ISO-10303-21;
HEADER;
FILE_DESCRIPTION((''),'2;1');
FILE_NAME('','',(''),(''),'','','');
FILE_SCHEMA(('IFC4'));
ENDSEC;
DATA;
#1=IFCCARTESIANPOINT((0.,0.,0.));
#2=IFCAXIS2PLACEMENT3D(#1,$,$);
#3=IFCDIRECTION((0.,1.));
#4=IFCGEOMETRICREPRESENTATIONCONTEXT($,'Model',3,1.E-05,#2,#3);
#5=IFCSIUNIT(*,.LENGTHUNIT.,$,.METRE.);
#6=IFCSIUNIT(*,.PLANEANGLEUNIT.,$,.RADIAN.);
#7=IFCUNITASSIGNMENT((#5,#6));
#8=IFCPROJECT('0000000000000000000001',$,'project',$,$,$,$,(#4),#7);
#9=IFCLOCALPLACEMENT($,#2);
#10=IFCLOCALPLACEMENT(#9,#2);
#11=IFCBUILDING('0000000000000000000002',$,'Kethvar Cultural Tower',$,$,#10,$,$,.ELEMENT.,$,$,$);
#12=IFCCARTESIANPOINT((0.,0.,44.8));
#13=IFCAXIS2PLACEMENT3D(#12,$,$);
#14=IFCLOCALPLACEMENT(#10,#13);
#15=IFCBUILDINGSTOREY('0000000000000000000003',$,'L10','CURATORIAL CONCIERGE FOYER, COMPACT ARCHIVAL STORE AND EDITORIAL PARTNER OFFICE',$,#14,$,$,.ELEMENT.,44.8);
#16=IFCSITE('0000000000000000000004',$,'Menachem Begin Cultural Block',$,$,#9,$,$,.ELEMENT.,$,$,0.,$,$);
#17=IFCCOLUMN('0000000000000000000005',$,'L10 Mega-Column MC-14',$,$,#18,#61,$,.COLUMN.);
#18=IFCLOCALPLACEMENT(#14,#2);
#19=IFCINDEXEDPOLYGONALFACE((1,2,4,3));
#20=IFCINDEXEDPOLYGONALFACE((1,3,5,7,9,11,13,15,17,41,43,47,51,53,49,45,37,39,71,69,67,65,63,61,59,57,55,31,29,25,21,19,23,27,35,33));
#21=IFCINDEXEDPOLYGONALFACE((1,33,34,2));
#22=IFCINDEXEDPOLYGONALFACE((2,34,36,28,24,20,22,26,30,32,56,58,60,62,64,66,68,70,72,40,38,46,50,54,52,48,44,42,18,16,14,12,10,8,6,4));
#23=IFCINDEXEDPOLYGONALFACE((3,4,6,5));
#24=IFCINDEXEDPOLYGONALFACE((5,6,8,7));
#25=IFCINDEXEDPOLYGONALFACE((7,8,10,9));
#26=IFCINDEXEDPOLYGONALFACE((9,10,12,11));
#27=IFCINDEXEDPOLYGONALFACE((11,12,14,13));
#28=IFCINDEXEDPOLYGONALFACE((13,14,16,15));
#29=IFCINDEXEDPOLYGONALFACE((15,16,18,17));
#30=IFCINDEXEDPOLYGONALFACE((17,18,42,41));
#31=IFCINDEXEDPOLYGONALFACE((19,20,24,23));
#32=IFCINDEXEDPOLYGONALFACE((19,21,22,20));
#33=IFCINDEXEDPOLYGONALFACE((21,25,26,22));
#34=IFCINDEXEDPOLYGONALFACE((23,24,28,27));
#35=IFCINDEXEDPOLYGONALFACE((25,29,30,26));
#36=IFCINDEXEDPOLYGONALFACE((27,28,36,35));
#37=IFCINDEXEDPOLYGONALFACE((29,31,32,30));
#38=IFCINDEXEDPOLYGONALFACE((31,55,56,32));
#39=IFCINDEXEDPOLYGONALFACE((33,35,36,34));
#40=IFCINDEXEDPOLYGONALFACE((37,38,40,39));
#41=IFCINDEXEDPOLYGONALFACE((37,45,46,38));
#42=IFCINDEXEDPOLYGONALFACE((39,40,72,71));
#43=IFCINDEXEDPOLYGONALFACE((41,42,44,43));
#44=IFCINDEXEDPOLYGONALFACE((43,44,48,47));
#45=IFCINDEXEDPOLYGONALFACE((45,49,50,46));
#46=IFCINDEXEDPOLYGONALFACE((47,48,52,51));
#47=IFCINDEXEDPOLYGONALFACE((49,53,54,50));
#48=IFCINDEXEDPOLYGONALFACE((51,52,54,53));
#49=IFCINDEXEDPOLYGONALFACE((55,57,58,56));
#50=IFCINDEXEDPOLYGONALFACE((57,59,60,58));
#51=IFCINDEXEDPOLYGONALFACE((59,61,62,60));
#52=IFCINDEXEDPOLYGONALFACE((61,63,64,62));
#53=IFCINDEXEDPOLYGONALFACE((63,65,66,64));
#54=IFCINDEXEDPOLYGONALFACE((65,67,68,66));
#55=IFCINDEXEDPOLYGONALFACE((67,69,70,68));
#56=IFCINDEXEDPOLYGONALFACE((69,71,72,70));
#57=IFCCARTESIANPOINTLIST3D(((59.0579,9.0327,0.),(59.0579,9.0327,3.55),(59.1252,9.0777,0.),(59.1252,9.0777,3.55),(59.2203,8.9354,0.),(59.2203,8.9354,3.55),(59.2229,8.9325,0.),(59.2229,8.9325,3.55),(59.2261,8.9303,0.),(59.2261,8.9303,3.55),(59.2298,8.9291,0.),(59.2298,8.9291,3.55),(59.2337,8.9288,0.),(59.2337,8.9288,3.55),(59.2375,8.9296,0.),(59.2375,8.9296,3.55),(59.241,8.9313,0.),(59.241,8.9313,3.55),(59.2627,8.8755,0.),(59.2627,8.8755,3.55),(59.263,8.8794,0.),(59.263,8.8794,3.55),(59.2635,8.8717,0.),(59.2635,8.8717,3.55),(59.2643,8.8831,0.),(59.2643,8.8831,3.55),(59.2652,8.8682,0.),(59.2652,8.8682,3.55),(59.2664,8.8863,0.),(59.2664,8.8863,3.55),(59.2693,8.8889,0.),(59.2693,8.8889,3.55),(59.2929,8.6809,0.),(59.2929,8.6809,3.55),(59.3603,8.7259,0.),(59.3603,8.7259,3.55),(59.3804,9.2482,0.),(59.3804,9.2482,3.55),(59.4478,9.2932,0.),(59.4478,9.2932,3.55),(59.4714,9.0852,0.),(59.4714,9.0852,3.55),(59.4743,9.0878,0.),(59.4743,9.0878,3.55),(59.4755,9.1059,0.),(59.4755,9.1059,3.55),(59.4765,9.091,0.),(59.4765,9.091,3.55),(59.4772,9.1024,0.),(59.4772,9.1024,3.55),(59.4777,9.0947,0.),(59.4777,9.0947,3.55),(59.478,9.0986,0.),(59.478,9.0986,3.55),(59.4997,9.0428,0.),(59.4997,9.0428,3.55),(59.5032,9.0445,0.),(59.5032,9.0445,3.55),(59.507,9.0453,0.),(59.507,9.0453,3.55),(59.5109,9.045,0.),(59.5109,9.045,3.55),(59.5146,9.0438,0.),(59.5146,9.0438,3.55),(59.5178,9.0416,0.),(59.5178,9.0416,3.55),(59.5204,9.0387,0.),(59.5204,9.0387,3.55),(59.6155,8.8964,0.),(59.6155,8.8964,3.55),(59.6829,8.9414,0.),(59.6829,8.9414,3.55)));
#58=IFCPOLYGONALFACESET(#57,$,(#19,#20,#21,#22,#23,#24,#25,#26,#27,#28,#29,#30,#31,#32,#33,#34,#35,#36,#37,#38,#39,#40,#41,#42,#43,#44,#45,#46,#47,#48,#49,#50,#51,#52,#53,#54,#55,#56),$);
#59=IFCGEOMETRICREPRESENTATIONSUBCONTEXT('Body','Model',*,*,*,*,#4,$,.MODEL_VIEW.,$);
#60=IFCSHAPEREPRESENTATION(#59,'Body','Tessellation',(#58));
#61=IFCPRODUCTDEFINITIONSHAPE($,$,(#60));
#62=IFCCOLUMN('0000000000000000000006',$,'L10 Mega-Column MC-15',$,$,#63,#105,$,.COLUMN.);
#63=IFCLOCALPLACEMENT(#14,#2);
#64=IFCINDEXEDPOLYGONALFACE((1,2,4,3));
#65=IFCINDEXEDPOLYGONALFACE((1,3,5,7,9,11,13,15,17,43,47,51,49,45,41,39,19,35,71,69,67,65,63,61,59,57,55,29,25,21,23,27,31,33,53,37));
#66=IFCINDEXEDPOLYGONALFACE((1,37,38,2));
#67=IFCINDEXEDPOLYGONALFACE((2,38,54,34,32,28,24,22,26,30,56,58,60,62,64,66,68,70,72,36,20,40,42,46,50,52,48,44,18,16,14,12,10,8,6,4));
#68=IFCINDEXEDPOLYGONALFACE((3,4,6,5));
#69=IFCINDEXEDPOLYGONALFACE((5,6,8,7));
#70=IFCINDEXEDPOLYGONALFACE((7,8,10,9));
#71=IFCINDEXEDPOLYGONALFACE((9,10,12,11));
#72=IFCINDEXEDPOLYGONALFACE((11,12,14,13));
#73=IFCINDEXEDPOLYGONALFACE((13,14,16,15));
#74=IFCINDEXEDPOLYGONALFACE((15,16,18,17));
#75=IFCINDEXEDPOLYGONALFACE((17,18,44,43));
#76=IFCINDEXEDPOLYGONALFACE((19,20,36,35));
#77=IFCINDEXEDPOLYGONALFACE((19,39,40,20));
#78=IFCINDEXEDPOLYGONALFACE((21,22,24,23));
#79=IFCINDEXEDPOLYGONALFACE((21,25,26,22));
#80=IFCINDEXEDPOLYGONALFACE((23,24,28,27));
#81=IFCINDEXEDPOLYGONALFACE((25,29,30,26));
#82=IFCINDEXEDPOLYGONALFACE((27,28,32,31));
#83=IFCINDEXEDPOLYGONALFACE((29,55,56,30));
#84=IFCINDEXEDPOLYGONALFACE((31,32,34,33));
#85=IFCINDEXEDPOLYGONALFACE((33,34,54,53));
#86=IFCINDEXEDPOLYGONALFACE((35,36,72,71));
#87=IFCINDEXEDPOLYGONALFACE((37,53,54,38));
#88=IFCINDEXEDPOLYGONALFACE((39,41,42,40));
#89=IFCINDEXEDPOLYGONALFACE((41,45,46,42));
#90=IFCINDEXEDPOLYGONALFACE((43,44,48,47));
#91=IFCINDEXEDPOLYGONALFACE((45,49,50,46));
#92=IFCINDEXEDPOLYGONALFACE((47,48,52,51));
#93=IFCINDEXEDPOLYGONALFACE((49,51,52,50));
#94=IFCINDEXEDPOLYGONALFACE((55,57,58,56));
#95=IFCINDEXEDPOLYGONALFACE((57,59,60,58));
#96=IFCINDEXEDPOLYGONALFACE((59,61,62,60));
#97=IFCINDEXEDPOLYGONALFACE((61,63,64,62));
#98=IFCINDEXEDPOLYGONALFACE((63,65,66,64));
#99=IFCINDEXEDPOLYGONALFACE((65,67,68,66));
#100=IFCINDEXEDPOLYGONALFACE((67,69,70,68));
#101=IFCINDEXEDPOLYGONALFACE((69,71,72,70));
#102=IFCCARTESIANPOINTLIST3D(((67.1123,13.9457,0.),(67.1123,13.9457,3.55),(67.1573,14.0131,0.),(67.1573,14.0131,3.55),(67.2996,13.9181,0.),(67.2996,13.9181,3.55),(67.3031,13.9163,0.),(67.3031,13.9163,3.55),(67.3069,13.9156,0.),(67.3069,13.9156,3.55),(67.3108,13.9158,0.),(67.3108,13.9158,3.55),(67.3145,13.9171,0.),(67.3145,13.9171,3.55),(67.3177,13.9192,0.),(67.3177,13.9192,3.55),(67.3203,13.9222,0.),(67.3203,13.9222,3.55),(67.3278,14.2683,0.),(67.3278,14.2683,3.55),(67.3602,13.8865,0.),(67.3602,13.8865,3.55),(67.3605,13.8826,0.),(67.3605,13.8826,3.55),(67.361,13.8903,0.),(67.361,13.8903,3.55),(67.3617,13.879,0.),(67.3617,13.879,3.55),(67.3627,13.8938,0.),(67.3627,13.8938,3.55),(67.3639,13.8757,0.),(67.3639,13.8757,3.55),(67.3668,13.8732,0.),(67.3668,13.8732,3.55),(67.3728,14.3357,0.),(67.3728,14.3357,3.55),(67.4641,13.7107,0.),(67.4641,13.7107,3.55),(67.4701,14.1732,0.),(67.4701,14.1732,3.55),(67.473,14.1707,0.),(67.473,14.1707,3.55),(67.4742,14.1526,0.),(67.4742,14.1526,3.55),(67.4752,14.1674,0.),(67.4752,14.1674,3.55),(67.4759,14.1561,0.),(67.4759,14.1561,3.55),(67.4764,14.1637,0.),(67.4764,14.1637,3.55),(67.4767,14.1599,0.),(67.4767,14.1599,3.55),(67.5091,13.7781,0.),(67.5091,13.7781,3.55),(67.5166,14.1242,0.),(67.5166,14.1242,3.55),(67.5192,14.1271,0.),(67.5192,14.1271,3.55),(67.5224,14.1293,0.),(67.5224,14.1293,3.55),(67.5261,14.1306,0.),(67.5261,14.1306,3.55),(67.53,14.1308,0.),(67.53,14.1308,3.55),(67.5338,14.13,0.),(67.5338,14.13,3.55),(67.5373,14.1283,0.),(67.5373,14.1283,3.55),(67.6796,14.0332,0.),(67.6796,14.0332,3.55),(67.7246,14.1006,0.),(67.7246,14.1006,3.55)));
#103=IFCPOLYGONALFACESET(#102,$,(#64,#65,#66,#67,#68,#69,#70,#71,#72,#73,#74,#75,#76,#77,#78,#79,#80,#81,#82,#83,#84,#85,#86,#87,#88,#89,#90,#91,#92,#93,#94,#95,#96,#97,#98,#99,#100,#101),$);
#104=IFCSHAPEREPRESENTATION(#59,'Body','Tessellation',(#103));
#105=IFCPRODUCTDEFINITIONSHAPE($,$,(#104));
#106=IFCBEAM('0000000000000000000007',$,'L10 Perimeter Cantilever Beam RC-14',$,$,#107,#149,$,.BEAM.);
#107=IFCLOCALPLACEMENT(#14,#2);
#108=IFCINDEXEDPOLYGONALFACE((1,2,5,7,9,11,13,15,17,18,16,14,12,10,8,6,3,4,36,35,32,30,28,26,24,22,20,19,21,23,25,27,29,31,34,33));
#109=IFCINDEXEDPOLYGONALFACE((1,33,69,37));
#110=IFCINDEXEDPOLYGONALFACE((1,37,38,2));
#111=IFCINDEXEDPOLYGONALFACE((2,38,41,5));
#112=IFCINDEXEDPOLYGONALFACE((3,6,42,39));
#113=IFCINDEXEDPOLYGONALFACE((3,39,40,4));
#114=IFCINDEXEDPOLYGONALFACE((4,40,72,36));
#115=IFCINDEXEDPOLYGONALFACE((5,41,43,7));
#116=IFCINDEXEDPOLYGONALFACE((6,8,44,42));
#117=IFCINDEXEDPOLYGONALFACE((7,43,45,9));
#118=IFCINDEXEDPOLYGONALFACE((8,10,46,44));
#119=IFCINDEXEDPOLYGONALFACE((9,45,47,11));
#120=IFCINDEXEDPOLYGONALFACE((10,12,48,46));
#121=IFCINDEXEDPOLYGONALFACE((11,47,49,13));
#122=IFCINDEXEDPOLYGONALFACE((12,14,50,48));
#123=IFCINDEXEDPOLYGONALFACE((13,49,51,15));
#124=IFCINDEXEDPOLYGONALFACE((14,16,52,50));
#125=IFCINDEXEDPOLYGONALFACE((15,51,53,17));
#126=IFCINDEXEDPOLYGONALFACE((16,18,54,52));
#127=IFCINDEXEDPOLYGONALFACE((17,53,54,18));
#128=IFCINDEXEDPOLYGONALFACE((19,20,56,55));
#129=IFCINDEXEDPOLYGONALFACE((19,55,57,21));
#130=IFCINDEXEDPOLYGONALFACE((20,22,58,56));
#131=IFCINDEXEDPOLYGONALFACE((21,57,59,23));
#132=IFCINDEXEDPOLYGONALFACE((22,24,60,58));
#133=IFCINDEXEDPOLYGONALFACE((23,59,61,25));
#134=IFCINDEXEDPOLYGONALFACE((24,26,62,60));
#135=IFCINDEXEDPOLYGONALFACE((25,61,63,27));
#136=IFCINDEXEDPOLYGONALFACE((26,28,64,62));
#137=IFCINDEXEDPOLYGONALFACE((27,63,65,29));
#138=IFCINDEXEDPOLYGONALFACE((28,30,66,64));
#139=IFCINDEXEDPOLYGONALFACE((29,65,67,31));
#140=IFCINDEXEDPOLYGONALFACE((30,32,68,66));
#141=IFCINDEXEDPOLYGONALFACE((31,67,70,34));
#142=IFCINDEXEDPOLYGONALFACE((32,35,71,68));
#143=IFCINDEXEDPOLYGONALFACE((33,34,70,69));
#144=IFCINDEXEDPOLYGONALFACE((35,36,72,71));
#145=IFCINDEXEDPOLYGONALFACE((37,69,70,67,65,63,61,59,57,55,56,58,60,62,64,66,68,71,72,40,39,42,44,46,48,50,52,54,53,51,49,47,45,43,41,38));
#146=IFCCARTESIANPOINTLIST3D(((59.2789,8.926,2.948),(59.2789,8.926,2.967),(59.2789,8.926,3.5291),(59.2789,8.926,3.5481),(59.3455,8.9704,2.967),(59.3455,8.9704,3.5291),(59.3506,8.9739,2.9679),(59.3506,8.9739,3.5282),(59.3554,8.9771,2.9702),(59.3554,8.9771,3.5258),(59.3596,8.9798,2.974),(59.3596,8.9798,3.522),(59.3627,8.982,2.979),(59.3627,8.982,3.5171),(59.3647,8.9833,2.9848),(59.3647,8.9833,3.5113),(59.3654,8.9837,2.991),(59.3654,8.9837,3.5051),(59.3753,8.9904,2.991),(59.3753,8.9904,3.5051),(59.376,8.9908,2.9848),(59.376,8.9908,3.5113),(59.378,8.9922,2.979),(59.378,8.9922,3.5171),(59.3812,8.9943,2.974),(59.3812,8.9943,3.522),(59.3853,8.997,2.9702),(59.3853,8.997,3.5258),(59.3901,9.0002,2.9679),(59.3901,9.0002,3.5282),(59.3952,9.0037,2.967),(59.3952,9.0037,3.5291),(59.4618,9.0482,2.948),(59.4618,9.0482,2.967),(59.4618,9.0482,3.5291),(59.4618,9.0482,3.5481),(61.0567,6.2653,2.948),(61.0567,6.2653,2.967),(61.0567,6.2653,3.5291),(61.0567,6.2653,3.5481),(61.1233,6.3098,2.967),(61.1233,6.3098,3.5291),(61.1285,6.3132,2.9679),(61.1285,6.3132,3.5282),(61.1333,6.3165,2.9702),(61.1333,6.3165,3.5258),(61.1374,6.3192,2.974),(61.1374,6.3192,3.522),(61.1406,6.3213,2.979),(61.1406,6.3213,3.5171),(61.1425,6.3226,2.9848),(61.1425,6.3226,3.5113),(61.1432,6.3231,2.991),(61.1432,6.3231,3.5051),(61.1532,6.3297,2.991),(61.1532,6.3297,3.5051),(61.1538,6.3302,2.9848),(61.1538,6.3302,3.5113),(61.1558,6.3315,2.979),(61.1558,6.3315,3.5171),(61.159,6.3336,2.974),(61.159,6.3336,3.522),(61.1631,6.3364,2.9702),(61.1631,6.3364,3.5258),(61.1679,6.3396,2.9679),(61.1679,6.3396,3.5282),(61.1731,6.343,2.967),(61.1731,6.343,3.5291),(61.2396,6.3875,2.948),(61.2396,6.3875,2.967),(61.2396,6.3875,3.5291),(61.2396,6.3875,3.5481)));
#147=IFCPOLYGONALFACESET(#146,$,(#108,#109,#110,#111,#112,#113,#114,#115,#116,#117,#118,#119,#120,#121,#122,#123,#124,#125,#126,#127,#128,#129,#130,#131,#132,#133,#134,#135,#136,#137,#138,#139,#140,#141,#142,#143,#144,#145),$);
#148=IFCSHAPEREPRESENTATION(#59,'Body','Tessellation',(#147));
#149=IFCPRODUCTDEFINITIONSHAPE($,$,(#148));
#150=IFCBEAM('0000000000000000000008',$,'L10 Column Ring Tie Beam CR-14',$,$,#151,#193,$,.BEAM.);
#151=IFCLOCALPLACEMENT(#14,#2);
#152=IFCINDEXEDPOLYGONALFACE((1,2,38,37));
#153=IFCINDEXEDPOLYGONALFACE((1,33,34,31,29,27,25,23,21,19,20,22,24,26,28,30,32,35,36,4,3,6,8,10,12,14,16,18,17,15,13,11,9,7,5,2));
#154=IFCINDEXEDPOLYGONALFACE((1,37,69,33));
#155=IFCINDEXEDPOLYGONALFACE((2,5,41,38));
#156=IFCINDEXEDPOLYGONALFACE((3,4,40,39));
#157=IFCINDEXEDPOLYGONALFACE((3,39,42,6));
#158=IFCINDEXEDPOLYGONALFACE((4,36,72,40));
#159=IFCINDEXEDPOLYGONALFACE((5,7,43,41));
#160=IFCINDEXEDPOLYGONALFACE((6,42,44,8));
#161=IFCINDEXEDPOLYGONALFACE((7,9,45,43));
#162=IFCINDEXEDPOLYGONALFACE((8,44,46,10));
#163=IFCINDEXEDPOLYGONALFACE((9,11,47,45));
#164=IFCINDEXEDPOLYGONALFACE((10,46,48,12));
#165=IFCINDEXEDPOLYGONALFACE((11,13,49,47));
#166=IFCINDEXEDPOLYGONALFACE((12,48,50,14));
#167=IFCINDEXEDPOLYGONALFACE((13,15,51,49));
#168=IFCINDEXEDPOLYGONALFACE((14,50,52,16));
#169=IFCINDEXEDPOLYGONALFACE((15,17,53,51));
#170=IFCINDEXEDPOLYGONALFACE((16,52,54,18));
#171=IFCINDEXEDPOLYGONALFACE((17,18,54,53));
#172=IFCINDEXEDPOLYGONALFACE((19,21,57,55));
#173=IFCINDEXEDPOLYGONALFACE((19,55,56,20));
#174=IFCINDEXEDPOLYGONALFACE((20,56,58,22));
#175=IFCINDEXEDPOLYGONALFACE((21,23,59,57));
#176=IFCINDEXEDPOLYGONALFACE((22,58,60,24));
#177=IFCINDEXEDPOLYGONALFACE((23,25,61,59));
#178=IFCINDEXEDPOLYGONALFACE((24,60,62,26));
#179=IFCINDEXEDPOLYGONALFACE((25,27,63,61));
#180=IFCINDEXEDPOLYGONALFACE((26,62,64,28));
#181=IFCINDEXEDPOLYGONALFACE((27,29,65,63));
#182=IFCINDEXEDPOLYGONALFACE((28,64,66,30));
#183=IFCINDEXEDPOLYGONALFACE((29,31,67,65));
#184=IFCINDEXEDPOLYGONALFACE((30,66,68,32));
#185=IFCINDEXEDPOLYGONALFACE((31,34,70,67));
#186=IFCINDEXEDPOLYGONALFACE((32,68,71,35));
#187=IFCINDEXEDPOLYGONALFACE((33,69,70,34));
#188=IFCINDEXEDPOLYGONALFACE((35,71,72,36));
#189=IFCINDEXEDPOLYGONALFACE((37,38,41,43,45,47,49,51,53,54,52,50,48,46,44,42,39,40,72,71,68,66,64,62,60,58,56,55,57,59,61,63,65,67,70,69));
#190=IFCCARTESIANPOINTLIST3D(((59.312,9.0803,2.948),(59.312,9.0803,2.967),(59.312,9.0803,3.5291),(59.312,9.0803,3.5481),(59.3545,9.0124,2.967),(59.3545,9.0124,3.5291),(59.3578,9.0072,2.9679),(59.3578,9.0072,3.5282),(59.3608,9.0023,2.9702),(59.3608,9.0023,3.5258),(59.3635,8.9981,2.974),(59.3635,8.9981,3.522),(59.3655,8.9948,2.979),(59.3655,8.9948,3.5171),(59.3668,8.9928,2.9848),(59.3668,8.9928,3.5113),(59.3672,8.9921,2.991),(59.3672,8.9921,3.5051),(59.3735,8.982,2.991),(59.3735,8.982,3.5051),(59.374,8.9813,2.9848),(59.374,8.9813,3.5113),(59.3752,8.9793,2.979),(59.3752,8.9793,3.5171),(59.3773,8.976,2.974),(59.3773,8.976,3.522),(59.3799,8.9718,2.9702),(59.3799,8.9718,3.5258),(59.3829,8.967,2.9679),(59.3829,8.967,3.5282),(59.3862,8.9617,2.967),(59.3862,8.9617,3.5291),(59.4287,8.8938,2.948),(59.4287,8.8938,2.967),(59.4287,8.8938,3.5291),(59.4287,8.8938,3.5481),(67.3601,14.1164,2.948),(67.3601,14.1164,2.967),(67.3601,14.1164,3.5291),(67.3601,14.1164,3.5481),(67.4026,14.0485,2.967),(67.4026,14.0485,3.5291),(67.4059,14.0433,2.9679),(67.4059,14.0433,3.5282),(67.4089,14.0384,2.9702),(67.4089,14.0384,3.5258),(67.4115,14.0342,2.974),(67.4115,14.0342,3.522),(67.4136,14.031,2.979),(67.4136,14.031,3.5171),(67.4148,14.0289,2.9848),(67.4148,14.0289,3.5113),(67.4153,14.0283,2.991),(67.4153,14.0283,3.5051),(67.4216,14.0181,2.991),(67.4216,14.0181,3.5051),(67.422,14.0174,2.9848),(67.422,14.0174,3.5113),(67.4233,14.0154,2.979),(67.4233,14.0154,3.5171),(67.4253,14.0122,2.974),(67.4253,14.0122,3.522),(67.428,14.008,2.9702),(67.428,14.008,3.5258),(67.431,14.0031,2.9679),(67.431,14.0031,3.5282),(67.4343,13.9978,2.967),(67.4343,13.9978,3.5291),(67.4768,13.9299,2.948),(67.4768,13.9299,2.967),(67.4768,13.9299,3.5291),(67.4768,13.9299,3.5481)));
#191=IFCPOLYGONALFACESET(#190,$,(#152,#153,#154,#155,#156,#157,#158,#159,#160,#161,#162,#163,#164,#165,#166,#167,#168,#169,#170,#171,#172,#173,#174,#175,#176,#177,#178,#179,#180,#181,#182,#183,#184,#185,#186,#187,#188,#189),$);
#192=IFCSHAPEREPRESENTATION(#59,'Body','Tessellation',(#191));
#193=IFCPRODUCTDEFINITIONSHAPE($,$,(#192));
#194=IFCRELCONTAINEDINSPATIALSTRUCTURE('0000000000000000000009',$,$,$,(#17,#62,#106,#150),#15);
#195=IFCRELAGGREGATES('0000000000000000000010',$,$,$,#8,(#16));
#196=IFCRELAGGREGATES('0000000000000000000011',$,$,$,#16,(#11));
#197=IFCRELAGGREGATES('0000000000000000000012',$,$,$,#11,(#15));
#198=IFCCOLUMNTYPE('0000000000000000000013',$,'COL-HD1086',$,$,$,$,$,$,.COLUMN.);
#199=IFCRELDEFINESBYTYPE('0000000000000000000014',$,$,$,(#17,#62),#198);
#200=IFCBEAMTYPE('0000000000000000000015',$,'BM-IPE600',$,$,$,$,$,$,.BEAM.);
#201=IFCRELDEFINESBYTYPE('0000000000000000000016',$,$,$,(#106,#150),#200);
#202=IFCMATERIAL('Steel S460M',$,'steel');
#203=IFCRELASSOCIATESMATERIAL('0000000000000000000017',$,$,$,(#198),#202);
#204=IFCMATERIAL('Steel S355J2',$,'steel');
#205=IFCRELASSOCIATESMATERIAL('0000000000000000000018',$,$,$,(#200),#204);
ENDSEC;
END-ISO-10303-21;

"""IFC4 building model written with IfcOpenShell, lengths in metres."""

from ifc_helpers import new_model, si_unit, direction, frame, origin, origin_2d, place, context, subcontext, project, spatial, i_section, extrude, source, transform, mapped, material, material_profile, profile_set, type_object, element, save


model = new_model("IFC4")

# Units and contexts
model_context = context("Model", 3, precision=1e-05, world=origin(), true_north=direction((0.0, 1.0)))
body_context = subcontext(model_context, "Body", "Model", "MODEL_VIEW")
ifc_project = project(units=[si_unit("LENGTHUNIT", "METRE"), si_unit("PLANEANGLEUNIT", "RADIAN")], contexts=[model_context])

# Site, building, storey
site_placement = place(None, origin())
site = spatial("IfcSite", under=ifc_project, at=site_placement, Name="Menachem Begin Cultural Block", CompositionType="ELEMENT", RefElevation=0.0)
building_placement = place(site_placement, origin())
building = spatial("IfcBuilding", under=site, at=building_placement, Name="Kethvar Cultural Tower", CompositionType="ELEMENT")
storey_placement = place(building_placement, frame((0.0, 0.0, 44.8)))
storey = spatial("IfcBuildingStorey", under=building, at=storey_placement, Name="L10", Description="CURATORIAL CONCIERGE FOYER, COMPACT ARCHIVAL STORE AND EDITORIAL PARTNER OFFICE", CompositionType="ELEMENT", Elevation=44.8)

# Columns
ifc_material_1 = material(Name="Steel S460M", Category="steel")
ifc_material_profile_1 = material_profile(ifc_material_1, i_section(OverallWidth=0.4231, OverallDepth=0.469, WebThickness=0.051, FlangeThickness=0.0811, FilletRadius=0.0149, at=origin_2d()), Name="Steel S460M — HD400x1086")
ifc_profile_set_1 = profile_set([ifc_material_profile_1], Name="Steel S460M — HD400x1086")
column_type = type_object("IfcColumnType", Name="COL-HD1086", PredefinedType="COLUMN", material=ifc_profile_set_1)
shared_shape_1 = source(origin(), body_context, "Body", "SweptSolid", [
    extrude(i_section(OverallWidth=0.4231, OverallDepth=0.469, WebThickness=0.051, FlangeThickness=0.0811, FilletRadius=0.0149, at=origin_2d()), origin(), (0.0, 0.0, 1.0), 3.55),
])
for number, where, z_axis, x_axis, name in (
    (1, (59.3704, 8.9871, 0.0), (0.0, 0.0, 1.0), (0.55557, -0.83147, 0.0), "L10 Mega-Column MC-14"),
    (2, (67.4185, 14.0232, 0.0), (0.0, 0.0, 1.0), (0.83147, -0.55557, 0.0), "L10 Mega-Column MC-15"),
):
    element("IfcColumn", number, at=place(storey_placement, frame(where, z_axis=z_axis, x_axis=x_axis)), inside=storey, type_object=column_type, Name=name, PredefinedType="COLUMN", context=body_context, shape_type="MappedRepresentation", body=[
        mapped(shared_shape_1, transform((0.0, 0.0, 0.0), scale=1.0)),
    ])

# Beams
ifc_material_2 = material(Name="Steel S355J2", Category="steel")
ifc_material_profile_2 = material_profile(ifc_material_2, i_section(OverallWidth=0.22, OverallDepth=0.6001, WebThickness=0.012, FlangeThickness=0.019, FilletRadius=0.0239, at=origin_2d()), Name="Steel S355J2 — IPE600")
ifc_profile_set_2 = profile_set([ifc_material_profile_2], Name="Steel S355J2 — IPE600")
beam_type_1 = type_object("IfcBeamType", Name="BM-IPE600", PredefinedType="BEAM", material=ifc_profile_set_2)
shared_shape_2 = source(origin(), body_context, "Body", "SweptSolid", [
    extrude(i_section(OverallWidth=0.22, OverallDepth=0.6001, WebThickness=0.012, FlangeThickness=0.019, FilletRadius=0.0239, at=origin_2d()), origin(), (0.0, 0.0, 1.0), 3.2),
])
beam_1_placement = place(storey_placement, frame((59.3704, 8.9871, 3.248), z_axis=(0.55558, -0.831463, 0.0), x_axis=(0.831463, 0.55558, 0.0)))
element("IfcBeam", 3, at=beam_1_placement, inside=storey, type_object=beam_type_1, Name="L10 Perimeter Cantilever Beam RC-14", PredefinedType="BEAM", context=body_context, shape_type="MappedRepresentation", body=[
    mapped(shared_shape_2, transform((0.0, 0.0, 0.0), scale=1.0)),
])
shared_shape_3 = source(origin(), body_context, "Body", "SweptSolid", [
    extrude(i_section(OverallWidth=0.22, OverallDepth=0.6001, WebThickness=0.012, FlangeThickness=0.019, FilletRadius=0.0239, at=origin_2d()), origin(), (0.0, 0.0, 1.0), 9.4939),
])
beam_2_placement = place(storey_placement, frame((59.3704, 8.9871, 3.248), z_axis=(0.847711, 0.530459, 0.0), x_axis=(-0.530459, 0.847711, 0.0)))
element("IfcBeam", 4, at=beam_2_placement, inside=storey, type_object=beam_type_1, Name="L10 Column Ring Tie Beam CR-14", PredefinedType="BEAM", context=body_context, shape_type="MappedRepresentation", body=[
    mapped(shared_shape_3, transform((0.0, 0.0, 0.0), scale=1.0)),
])

save(model, "model.ifc")
